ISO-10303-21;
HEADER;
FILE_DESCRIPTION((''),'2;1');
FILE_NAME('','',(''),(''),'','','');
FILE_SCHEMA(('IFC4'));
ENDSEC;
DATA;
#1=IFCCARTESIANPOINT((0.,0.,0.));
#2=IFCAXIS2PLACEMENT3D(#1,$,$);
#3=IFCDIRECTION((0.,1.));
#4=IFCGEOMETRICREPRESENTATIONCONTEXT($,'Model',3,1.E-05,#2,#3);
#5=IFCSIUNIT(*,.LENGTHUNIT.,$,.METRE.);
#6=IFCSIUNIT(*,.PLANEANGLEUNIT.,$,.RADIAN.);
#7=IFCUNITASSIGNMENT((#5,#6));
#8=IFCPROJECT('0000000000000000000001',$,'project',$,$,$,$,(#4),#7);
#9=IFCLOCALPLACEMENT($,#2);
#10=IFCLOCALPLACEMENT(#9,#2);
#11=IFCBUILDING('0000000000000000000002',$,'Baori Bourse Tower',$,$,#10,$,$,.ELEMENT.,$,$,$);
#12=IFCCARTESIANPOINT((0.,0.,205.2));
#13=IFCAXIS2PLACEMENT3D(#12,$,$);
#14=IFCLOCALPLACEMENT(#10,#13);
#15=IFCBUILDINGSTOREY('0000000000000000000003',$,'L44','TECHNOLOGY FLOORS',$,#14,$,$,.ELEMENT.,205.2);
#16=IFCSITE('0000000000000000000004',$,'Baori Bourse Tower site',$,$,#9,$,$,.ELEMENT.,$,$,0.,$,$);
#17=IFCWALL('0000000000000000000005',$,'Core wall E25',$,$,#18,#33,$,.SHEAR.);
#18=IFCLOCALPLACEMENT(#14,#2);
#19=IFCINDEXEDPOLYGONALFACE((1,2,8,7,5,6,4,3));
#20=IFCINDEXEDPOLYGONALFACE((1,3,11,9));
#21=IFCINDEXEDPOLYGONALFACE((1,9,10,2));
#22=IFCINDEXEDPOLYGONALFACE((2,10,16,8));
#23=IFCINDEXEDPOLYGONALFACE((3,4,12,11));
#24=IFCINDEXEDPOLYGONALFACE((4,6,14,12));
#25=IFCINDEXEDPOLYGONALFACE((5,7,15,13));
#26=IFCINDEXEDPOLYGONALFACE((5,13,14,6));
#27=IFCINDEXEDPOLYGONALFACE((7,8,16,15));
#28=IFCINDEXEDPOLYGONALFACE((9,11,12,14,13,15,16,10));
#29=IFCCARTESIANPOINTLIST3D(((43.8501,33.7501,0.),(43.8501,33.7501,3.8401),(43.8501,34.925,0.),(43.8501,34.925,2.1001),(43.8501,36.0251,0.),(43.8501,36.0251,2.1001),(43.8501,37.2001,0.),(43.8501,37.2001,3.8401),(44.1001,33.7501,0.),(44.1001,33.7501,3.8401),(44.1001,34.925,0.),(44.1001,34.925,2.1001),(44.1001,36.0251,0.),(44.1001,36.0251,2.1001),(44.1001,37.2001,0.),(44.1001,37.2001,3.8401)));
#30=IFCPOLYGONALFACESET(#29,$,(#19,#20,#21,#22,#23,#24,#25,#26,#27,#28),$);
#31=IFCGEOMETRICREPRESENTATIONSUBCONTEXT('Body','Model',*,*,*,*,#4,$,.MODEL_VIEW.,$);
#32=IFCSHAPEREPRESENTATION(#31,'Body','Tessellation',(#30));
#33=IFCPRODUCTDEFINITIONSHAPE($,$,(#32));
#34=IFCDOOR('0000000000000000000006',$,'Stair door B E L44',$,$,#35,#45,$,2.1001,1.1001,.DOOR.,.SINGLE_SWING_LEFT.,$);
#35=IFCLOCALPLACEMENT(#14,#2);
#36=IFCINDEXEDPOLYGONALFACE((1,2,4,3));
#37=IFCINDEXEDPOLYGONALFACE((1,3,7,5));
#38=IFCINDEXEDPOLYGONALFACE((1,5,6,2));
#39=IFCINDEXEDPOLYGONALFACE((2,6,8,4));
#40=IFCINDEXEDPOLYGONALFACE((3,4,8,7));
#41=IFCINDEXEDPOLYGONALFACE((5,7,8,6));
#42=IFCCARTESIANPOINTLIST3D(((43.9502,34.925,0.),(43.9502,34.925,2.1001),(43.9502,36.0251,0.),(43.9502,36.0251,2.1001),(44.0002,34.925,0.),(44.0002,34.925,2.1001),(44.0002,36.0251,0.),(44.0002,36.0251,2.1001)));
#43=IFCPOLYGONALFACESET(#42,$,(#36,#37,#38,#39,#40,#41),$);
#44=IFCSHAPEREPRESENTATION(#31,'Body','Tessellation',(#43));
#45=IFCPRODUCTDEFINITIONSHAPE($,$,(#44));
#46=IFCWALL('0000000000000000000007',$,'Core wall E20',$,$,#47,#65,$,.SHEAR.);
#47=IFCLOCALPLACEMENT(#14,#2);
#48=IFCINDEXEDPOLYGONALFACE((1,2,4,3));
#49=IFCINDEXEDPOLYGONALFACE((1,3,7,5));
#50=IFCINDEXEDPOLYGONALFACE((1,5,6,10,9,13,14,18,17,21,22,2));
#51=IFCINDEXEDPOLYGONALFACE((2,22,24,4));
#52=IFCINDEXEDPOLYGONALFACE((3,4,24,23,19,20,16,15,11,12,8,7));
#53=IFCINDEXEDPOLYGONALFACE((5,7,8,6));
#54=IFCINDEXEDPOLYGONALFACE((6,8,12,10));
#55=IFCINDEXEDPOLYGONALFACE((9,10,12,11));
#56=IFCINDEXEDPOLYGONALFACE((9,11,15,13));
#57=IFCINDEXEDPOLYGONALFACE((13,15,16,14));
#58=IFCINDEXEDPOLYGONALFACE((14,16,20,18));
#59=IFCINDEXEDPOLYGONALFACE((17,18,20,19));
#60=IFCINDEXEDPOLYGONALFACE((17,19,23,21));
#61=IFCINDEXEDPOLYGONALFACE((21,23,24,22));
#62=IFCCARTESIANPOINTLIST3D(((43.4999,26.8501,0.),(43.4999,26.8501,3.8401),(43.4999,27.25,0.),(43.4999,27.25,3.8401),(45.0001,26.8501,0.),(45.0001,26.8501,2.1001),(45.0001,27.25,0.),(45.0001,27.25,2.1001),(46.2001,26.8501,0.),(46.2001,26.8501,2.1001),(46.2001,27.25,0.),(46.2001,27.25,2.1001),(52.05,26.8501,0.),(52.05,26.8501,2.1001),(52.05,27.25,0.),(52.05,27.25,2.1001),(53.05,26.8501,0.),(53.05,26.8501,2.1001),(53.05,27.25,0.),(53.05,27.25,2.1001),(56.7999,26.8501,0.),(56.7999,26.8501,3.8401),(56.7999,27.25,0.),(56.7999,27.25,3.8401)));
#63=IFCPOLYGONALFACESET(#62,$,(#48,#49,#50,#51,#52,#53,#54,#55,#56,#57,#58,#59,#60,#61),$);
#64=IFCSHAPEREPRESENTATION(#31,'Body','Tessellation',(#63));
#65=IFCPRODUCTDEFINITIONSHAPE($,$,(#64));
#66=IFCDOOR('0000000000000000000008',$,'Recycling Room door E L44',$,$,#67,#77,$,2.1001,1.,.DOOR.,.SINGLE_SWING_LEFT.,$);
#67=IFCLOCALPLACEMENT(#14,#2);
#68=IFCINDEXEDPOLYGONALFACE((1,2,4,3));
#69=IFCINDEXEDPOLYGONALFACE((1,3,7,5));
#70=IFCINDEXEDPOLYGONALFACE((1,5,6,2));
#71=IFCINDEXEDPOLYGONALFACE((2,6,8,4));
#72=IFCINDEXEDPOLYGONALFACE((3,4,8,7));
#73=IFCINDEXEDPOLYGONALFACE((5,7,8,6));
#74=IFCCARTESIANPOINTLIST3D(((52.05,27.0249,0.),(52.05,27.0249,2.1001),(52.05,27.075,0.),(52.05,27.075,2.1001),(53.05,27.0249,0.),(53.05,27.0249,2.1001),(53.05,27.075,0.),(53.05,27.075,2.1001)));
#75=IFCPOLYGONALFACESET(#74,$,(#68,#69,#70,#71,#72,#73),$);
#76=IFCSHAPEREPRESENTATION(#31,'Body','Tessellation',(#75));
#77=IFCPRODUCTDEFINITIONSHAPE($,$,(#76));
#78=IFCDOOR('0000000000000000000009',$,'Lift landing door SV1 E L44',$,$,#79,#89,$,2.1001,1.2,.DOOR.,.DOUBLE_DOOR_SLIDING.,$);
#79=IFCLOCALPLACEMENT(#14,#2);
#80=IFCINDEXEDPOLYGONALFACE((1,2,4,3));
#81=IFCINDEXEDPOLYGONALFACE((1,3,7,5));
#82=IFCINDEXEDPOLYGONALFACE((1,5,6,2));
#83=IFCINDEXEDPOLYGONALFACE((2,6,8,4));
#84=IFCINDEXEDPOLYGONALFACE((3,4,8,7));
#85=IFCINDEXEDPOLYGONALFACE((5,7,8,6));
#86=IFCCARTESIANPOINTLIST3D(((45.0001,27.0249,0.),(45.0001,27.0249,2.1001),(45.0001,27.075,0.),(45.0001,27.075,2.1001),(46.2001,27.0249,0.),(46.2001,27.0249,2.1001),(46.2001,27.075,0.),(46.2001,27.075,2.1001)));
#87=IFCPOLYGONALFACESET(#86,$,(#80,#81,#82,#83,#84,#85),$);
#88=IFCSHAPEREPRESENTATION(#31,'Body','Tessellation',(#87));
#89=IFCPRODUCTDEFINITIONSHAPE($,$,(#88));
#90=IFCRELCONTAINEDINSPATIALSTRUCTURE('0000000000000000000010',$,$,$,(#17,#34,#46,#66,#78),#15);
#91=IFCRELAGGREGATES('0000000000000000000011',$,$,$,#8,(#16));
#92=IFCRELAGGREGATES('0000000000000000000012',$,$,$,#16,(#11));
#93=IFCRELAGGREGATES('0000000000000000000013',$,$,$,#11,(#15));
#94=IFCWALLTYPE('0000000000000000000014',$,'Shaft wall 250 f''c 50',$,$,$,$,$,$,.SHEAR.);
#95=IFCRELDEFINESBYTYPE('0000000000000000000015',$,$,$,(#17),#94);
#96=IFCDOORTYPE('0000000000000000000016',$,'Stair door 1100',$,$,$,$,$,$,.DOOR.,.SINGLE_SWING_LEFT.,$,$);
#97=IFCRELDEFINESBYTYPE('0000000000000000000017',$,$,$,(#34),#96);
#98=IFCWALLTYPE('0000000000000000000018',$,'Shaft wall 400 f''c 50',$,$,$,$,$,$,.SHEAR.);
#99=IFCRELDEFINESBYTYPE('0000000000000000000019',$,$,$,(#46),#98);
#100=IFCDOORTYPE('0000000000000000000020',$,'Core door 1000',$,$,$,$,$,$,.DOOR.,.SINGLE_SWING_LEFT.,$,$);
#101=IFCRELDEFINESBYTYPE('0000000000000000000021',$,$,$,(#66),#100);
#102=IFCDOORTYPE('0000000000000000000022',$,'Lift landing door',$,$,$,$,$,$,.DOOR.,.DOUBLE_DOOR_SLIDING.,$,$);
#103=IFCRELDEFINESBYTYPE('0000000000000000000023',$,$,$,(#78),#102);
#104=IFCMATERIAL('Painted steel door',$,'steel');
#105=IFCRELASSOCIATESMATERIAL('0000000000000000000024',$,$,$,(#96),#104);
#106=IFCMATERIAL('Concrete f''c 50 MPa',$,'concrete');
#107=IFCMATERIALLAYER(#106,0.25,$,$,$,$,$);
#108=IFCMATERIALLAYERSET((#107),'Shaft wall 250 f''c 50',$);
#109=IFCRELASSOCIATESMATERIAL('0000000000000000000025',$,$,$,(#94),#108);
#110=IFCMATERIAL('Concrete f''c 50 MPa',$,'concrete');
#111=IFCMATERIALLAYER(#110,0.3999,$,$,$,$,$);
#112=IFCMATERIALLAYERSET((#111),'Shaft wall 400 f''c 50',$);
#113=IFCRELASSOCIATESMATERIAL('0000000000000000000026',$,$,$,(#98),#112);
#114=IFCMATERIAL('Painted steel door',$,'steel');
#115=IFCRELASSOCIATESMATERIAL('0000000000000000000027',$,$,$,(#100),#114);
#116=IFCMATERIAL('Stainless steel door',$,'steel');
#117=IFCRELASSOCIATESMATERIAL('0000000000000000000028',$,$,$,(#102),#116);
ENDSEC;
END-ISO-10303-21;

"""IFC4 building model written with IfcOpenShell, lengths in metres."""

from ifc_helpers import new_model, si_unit, direction, frame, frame_2d, origin, place, context, subcontext, project, spatial, rectangle, extrude, material, layer, layer_set, type_object, element, fill, save


model = new_model("IFC4")

# Units and contexts
model_context = context("Model", 3, precision=1e-05, world=origin(), true_north=direction((0.0, 1.0)))
body_context = subcontext(model_context, "Body", "Model", "MODEL_VIEW")
ifc_project = project(units=[si_unit("LENGTHUNIT", "METRE"), si_unit("PLANEANGLEUNIT", "RADIAN")], contexts=[model_context])

# Site, building, storey
site_placement = place(None, origin())
site = spatial("IfcSite", under=ifc_project, at=site_placement, Name="Baori Bourse Tower site", CompositionType="ELEMENT", RefElevation=0.0)
building_placement = place(site_placement, origin())
building = spatial("IfcBuilding", under=site, at=building_placement, Name="Baori Bourse Tower", CompositionType="ELEMENT")
storey_placement = place(building_placement, frame((0.0, 0.0, 205.2)))
storey = spatial("IfcBuildingStorey", under=building, at=storey_placement, Name="L44", Description="TECHNOLOGY FLOORS", CompositionType="ELEMENT", Elevation=205.2)

# Wall, opening, door
ifc_material_1 = material(Name="Painted steel door", Category="steel")
door_type_1 = type_object("IfcDoorType", Name="Stair door 1100", OperationType="SINGLE_SWING_LEFT", PredefinedType="DOOR", material=ifc_material_1)
ifc_material_2 = material(Name="Concrete f'c 50 MPa", Category="concrete")
ifc_layer_1 = layer(ifc_material_2, 0.25)
ifc_layer_set_1 = layer_set([ifc_layer_1], Name="Shaft wall 250 f'c 50")
wall_type_1 = type_object("IfcWallType", Name="Shaft wall 250 f'c 50", PredefinedType="SHEAR", material=ifc_layer_set_1)
wall_1_placement = place(storey_placement, frame((43.9751, 33.75, 0.0), z_axis=(0.0, 0.0, 1.0), x_axis=(0.0, 1.0, 0.0)))
wall_1 = element("IfcWall", 1, at=wall_1_placement, inside=storey, type_object=wall_type_1, Name="Core wall E25", PredefinedType="SHEAR", context=body_context, shape_type="SweptSolid", body=[
    extrude(rectangle(XDim=3.45, YDim=0.25, at=frame_2d((1.7251, 0.0))), origin(), (0.0, 0.0, 1.0), 3.8401),
])
opening_1_placement = place(wall_1_placement, frame((1.175, 0.0, 0.0)))
opening_1 = element("IfcOpeningElement", 2, at=opening_1_placement, cuts=wall_1, PredefinedType="OPENING", context=body_context, shape_type="SweptSolid", body=[
    extrude(rectangle(XDim=1.1001, YDim=2.1001, at=frame_2d((0.55, 1.05))), frame((0.0, 0.135, 0.0), z_axis=(0.0, -1.0, 0.0), x_axis=(1.0, 0.0, 0.0)), (0.0, 0.0, 1.0), 0.27),
])
door_1_placement = place(opening_1_placement, origin())
door_1 = element("IfcDoor", 3, at=door_1_placement, inside=storey, type_object=door_type_1, Name="Stair door B E L44", OperationType="SINGLE_SWING_LEFT", OverallHeight=2.1001, OverallWidth=1.1001, PredefinedType="DOOR", context=body_context, shape_type="SweptSolid", body=[
    extrude(rectangle(XDim=1.1001, YDim=2.1001, at=frame_2d((0.55, 1.05))), frame((0.0, 0.0249, 0.0), z_axis=(0.0, -1.0, 0.0), x_axis=(1.0, 0.0, 0.0)), (0.0, 0.0, 1.0), 0.05),
])
fill(opening_1, door_1)

# Wall, openings, doors
ifc_material_3 = material(Name="Concrete f'c 50 MPa", Category="concrete")
ifc_layer_2 = layer(ifc_material_3, 0.3999)
ifc_layer_set_2 = layer_set([ifc_layer_2], Name="Shaft wall 400 f'c 50")
wall_type_2 = type_object("IfcWallType", Name="Shaft wall 400 f'c 50", PredefinedType="SHEAR", material=ifc_layer_set_2)
wall_2_placement = place(storey_placement, frame((43.5, 27.05, 0.0), z_axis=(0.0, 0.0, 1.0), x_axis=(1.0, 0.0, 0.0)))
wall_2 = element("IfcWall", 4, at=wall_2_placement, inside=storey, type_object=wall_type_2, Name="Core wall E20", PredefinedType="SHEAR", context=body_context, shape_type="SweptSolid", body=[
    extrude(rectangle(XDim=13.3, YDim=0.3999, at=frame_2d((6.6499, 0.0))), origin(), (0.0, 0.0, 1.0), 3.8401),
])
opening_2_placement = place(wall_2_placement, frame((8.55, 0.0, 0.0)))
opening_2 = element("IfcOpeningElement", 5, at=opening_2_placement, cuts=wall_2, PredefinedType="OPENING", context=body_context, shape_type="SweptSolid", body=[
    extrude(rectangle(XDim=1.0, YDim=2.1001, at=frame_2d((0.5, 1.05))), frame((0.0, 0.21, 0.0), z_axis=(0.0, -1.0, 0.0), x_axis=(1.0, 0.0, 0.0)), (0.0, 0.0, 1.0), 0.4199),
])
opening_3_placement = place(wall_2_placement, frame((1.5, 0.0, 0.0)))
opening_3 = element("IfcOpeningElement", 6, at=opening_3_placement, cuts=wall_2, PredefinedType="OPENING", context=body_context, shape_type="SweptSolid", body=[
    extrude(rectangle(XDim=1.2, YDim=2.1001, at=frame_2d((0.6001, 1.05))), frame((0.0, 0.21, 0.0), z_axis=(0.0, -1.0, 0.0), x_axis=(1.0, 0.0, 0.0)), (0.0, 0.0, 1.0), 0.4199),
])
ifc_material_4 = material(Name="Painted steel door", Category="steel")
door_type_2 = type_object("IfcDoorType", Name="Core door 1000", OperationType="SINGLE_SWING_LEFT", PredefinedType="DOOR", material=ifc_material_4)
door_2_placement = place(opening_2_placement, origin())
door_2 = element("IfcDoor", 7, at=door_2_placement, inside=storey, type_object=door_type_2, Name="Recycling Room door E L44", OperationType="SINGLE_SWING_LEFT", OverallHeight=2.1001, OverallWidth=1.0, PredefinedType="DOOR", context=body_context, shape_type="SweptSolid", body=[
    extrude(rectangle(XDim=1.0, YDim=2.1001, at=frame_2d((0.5, 1.05))), frame((0.0, 0.0249, 0.0), z_axis=(0.0, -1.0, 0.0), x_axis=(1.0, 0.0, 0.0)), (0.0, 0.0, 1.0), 0.05),
])
fill(opening_2, door_2)
ifc_material_5 = material(Name="Stainless steel door", Category="steel")
door_type_3 = type_object("IfcDoorType", Name="Lift landing door", OperationType="DOUBLE_DOOR_SLIDING", PredefinedType="DOOR", material=ifc_material_5)
door_3_placement = place(opening_3_placement, origin())
door_3 = element("IfcDoor", 8, at=door_3_placement, inside=storey, type_object=door_type_3, Name="Lift landing door SV1 E L44", OperationType="DOUBLE_DOOR_SLIDING", OverallHeight=2.1001, OverallWidth=1.2, PredefinedType="DOOR", context=body_context, shape_type="SweptSolid", body=[
    extrude(rectangle(XDim=1.2, YDim=2.1001, at=frame_2d((0.6001, 1.05))), frame((0.0, 0.0249, 0.0), z_axis=(0.0, -1.0, 0.0), x_axis=(1.0, 0.0, 0.0)), (0.0, 0.0, 1.0), 0.05),
])
fill(opening_3, door_3)

save(model, "model.ifc")
